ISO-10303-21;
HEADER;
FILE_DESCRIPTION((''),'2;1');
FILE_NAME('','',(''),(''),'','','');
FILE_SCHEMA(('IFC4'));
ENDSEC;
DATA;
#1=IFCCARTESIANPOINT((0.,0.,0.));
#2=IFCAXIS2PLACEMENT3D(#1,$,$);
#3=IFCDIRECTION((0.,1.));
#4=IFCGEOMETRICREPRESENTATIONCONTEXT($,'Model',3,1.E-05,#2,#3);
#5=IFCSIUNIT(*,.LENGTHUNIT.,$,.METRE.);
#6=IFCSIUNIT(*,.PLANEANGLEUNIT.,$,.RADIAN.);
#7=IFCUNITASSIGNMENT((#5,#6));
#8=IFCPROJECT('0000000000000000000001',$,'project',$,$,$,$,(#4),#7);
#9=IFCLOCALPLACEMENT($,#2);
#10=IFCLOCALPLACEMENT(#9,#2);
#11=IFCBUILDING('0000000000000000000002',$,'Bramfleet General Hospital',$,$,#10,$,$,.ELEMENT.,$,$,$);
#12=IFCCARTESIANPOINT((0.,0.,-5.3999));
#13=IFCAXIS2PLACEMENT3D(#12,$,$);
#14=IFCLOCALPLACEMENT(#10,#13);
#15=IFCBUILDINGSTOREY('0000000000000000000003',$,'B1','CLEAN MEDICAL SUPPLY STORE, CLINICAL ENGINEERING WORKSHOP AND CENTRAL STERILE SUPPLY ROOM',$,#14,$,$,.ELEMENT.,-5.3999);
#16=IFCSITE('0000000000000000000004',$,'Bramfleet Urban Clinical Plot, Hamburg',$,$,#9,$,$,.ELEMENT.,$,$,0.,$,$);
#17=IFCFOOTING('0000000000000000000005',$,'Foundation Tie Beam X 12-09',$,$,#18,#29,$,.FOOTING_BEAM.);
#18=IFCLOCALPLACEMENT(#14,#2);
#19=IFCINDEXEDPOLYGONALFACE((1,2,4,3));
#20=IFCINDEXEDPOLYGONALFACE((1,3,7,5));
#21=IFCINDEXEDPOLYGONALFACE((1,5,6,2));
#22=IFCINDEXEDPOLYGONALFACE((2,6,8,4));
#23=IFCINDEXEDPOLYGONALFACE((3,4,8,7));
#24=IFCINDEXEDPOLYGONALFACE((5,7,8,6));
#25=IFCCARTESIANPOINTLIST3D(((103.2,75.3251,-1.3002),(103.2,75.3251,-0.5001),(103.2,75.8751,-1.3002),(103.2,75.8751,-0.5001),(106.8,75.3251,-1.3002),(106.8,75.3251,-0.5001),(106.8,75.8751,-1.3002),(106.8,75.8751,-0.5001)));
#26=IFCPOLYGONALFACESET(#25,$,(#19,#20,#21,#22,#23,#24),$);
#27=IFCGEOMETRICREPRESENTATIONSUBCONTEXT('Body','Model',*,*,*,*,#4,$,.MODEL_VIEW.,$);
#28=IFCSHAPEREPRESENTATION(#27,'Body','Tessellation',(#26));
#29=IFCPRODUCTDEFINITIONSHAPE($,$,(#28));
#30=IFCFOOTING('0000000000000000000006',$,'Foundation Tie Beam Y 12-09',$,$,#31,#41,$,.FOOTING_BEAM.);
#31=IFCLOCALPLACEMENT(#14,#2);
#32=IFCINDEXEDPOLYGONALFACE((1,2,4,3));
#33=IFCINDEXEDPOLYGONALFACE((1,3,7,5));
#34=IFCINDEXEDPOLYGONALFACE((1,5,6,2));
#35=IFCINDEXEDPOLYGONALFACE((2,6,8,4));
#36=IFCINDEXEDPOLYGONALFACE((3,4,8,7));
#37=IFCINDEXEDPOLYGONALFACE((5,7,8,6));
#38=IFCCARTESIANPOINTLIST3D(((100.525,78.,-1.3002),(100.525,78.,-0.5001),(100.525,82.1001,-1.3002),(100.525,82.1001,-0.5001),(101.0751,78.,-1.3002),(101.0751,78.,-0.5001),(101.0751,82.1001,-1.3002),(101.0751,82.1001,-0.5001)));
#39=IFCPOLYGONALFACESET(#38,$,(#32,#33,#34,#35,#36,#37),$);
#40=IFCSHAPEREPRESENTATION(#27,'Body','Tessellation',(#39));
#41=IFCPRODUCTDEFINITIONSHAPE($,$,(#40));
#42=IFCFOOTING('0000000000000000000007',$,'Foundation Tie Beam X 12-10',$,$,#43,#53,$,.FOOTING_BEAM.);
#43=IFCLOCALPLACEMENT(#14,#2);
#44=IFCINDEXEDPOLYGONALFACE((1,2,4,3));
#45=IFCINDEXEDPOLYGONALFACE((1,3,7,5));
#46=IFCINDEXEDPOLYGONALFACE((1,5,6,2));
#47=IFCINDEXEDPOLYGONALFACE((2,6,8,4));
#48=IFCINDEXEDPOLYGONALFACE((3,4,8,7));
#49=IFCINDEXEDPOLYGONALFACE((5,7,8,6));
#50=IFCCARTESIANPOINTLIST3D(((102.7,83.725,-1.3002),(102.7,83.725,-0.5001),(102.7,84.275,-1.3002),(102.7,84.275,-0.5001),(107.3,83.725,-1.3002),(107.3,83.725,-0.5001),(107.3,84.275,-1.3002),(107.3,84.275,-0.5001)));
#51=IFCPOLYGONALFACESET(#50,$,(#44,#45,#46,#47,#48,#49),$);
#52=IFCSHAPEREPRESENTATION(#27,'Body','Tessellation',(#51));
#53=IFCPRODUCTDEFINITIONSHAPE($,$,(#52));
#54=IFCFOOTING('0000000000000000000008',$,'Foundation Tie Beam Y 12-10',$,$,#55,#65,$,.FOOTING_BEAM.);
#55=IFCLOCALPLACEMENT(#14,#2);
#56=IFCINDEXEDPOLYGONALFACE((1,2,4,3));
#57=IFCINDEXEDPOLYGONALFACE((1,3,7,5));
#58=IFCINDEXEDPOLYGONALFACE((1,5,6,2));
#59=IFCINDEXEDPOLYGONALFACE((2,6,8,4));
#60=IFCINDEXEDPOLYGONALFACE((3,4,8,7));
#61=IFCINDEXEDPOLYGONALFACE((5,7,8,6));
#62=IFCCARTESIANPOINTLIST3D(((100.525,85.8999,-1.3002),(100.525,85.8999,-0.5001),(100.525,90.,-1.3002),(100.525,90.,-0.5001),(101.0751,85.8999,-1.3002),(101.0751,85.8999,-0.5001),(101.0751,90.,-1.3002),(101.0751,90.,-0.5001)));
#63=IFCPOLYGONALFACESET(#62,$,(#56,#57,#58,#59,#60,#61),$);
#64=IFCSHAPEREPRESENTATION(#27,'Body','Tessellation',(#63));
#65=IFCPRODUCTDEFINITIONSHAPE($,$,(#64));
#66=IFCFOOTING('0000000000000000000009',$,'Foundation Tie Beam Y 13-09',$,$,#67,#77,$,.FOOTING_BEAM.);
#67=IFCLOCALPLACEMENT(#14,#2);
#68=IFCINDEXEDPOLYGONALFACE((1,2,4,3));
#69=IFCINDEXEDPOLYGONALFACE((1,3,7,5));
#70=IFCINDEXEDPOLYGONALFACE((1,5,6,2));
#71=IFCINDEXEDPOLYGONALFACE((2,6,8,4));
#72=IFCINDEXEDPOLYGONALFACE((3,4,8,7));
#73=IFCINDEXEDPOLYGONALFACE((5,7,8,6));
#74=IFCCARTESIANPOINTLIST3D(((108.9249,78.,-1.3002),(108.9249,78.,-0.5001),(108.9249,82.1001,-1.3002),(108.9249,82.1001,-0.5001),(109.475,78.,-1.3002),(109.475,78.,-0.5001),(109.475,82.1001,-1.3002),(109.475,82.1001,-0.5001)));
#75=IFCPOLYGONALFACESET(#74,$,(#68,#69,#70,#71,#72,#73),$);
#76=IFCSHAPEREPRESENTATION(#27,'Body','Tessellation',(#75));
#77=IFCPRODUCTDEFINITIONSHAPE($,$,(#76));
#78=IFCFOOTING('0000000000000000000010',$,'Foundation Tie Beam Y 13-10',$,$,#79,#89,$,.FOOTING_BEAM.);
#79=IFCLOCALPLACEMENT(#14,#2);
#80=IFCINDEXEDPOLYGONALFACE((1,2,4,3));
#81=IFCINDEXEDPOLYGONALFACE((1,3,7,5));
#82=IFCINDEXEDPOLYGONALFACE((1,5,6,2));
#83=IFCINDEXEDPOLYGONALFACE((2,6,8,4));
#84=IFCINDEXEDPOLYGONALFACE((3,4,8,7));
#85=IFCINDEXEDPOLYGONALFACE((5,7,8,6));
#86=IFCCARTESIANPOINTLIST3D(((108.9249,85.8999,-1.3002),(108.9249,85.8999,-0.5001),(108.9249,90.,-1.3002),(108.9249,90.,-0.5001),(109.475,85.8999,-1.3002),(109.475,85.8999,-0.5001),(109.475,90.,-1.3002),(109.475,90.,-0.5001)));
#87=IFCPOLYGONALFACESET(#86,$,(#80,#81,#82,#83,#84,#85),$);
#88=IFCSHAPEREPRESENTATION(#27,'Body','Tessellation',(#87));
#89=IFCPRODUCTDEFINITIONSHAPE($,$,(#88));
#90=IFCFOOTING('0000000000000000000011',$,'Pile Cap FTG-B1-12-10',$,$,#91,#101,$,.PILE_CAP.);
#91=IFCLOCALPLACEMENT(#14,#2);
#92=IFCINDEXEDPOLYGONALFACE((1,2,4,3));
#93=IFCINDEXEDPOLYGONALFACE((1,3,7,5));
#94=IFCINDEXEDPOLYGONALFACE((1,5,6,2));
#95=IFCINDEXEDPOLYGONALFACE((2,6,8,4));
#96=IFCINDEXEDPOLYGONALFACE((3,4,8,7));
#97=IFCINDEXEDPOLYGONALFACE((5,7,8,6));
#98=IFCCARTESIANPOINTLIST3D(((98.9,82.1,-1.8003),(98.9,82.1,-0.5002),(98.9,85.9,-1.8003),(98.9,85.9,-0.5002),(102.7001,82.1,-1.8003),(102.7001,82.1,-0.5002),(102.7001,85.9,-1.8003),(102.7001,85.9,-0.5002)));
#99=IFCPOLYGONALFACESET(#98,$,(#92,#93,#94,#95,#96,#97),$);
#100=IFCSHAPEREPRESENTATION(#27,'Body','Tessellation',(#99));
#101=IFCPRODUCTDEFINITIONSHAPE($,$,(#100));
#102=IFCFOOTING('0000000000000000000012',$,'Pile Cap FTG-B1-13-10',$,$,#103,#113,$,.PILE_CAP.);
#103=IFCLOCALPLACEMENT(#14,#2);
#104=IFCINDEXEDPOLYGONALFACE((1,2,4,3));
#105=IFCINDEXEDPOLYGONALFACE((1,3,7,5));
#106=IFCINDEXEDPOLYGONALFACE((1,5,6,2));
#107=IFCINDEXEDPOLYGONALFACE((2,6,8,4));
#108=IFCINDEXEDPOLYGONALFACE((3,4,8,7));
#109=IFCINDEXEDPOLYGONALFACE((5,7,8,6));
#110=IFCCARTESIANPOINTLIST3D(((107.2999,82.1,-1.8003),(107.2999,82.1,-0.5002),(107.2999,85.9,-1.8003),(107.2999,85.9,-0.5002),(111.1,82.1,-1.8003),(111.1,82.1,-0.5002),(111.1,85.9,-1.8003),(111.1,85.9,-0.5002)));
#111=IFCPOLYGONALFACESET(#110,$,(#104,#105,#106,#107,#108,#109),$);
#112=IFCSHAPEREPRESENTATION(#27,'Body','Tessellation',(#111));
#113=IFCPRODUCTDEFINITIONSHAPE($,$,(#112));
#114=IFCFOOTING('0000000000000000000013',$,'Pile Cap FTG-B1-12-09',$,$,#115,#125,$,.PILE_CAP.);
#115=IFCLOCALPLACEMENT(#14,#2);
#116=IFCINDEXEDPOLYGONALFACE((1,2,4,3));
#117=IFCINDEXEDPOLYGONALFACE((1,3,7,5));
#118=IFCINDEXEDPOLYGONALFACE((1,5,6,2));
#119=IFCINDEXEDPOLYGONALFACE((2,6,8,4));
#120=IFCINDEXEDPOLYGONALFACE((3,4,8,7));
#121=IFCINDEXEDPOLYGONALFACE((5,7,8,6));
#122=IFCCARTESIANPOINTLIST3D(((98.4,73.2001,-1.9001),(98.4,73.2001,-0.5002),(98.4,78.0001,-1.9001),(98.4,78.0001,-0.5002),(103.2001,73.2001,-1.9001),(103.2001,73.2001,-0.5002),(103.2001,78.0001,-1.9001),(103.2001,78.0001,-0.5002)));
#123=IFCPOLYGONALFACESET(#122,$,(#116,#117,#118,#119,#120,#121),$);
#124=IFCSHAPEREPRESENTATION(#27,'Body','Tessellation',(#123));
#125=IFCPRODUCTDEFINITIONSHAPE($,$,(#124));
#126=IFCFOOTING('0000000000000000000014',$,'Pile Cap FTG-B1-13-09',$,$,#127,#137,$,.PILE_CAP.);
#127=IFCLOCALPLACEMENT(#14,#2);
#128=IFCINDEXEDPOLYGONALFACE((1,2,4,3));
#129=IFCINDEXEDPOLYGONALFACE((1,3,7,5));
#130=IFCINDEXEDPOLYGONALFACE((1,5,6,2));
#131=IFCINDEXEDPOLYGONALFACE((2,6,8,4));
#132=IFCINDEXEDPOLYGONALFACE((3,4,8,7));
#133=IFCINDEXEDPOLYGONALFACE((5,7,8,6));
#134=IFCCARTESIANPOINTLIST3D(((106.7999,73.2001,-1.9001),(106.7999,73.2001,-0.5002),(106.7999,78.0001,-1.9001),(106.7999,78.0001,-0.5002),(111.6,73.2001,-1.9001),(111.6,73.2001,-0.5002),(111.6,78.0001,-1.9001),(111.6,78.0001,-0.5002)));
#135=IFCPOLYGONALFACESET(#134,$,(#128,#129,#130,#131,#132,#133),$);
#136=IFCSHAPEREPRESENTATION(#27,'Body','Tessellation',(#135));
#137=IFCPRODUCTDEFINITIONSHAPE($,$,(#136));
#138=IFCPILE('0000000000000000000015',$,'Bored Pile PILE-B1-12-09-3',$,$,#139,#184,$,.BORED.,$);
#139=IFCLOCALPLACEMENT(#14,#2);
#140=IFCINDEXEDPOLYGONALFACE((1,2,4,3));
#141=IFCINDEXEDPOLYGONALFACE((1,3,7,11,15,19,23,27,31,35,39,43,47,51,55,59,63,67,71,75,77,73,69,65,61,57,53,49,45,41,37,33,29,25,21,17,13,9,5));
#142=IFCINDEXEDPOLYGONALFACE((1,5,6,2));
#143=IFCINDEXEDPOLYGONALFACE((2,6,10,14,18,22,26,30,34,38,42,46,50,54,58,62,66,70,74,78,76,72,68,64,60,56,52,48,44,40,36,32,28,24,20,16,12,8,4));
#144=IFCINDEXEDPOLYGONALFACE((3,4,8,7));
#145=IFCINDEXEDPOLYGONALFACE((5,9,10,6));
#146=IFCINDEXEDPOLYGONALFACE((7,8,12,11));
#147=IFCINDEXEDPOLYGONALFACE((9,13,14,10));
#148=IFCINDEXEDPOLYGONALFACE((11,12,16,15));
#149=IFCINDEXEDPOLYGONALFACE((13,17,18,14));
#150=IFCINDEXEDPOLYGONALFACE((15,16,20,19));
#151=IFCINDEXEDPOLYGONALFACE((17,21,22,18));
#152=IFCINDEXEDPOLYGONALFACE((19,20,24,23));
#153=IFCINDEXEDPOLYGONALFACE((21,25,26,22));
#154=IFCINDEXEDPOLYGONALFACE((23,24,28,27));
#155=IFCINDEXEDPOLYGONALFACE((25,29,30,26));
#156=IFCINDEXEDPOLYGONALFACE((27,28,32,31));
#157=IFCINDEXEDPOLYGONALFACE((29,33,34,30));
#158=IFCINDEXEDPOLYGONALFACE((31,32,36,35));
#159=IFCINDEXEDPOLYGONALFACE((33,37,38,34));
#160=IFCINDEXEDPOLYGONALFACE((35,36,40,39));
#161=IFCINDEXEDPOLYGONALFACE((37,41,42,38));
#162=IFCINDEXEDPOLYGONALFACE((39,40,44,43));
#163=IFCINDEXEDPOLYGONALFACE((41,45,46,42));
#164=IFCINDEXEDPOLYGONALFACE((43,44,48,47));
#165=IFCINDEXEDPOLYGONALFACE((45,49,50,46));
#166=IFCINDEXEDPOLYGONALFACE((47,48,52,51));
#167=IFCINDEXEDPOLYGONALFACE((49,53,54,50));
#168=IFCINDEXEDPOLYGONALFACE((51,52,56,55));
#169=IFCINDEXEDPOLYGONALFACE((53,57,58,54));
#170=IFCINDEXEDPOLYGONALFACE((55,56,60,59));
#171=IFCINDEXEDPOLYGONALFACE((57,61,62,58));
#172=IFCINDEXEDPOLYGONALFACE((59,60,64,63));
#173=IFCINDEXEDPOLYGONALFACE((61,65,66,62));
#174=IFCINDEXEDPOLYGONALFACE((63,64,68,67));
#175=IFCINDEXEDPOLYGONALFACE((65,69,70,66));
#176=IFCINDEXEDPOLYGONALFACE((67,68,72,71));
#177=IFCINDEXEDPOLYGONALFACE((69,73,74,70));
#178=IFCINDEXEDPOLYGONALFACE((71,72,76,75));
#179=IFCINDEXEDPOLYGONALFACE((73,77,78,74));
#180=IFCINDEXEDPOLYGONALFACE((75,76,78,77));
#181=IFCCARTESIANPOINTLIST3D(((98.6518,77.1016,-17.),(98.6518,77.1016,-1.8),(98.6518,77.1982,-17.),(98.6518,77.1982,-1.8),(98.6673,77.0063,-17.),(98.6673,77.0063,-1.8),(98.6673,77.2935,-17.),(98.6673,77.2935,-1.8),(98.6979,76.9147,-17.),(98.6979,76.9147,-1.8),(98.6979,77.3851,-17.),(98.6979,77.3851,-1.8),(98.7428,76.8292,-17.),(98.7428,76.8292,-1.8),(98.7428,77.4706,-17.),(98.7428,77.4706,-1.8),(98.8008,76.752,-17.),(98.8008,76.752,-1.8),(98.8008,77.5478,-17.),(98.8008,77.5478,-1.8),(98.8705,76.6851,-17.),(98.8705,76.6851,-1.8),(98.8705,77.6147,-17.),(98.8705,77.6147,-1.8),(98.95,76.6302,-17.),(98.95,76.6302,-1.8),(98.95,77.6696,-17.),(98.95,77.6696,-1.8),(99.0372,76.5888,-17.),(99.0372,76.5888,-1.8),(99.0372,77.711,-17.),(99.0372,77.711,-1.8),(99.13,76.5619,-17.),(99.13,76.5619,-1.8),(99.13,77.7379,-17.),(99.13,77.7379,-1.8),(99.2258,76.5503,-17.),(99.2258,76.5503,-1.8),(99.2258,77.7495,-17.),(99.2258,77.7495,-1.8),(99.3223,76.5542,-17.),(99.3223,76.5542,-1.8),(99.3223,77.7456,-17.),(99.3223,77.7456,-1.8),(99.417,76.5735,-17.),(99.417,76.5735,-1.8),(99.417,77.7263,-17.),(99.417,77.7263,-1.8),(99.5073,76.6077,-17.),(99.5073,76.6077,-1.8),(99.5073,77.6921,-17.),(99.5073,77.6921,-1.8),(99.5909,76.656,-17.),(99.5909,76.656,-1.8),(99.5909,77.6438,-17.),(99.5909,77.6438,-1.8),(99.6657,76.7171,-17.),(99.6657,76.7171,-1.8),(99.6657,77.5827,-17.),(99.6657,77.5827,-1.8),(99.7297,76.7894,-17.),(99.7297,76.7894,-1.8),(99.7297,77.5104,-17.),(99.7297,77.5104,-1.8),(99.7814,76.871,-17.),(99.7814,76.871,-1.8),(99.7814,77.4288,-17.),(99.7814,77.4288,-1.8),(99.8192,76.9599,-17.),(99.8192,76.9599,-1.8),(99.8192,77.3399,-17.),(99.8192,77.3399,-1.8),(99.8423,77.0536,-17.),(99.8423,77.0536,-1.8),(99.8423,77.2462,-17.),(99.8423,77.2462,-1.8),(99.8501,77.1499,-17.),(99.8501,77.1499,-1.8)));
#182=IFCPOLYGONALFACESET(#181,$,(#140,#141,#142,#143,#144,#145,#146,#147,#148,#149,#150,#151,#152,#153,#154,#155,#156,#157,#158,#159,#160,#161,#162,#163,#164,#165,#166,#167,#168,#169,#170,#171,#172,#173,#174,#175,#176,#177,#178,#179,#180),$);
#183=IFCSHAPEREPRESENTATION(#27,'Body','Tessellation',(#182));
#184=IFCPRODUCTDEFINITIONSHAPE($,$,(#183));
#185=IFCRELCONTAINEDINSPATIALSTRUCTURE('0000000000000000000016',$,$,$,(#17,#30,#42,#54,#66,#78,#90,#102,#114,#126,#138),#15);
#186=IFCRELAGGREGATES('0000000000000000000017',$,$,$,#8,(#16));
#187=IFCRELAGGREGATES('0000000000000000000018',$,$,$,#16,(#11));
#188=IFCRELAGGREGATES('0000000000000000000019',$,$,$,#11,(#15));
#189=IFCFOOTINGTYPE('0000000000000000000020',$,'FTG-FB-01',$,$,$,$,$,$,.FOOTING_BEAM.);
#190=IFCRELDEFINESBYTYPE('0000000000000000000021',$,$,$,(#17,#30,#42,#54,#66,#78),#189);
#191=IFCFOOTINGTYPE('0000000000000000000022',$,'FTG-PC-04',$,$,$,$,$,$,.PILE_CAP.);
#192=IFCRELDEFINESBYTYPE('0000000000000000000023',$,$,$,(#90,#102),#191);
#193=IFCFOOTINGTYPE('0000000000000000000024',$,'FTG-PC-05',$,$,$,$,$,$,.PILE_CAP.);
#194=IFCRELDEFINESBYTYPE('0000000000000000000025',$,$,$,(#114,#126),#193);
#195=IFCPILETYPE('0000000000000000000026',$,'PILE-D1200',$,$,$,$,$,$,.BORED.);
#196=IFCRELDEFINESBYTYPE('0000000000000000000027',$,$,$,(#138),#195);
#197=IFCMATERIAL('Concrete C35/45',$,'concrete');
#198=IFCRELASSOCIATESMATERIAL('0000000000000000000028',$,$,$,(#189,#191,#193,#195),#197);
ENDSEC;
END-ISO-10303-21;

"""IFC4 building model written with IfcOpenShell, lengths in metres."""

from ifc_helpers import new_model, si_unit, direction, frame, origin, origin_2d, place, context, subcontext, project, spatial, rectangle, circle, extrude, material, material_profile, profile_set, type_object, element, save


model = new_model("IFC4")

# Units and contexts
model_context = context("Model", 3, precision=1e-05, world=origin(), true_north=direction((0.0, 1.0)))
body_context = subcontext(model_context, "Body", "Model", "MODEL_VIEW")
ifc_project = project(units=[si_unit("LENGTHUNIT", "METRE"), si_unit("PLANEANGLEUNIT", "RADIAN")], contexts=[model_context])

# Site, building, storey
site_placement = place(None, origin())
site = spatial("IfcSite", under=ifc_project, at=site_placement, Name="Bramfleet Urban Clinical Plot, Hamburg", CompositionType="ELEMENT", RefElevation=0.0)
building_placement = place(site_placement, origin())
building = spatial("IfcBuilding", under=site, at=building_placement, Name="Bramfleet General Hospital", CompositionType="ELEMENT")
storey_placement = place(building_placement, frame((0.0, 0.0, -5.3999)))
storey = spatial("IfcBuildingStorey", under=building, at=storey_placement, Name="B1", Description="CLEAN MEDICAL SUPPLY STORE, CLINICAL ENGINEERING WORKSHOP AND CENTRAL STERILE SUPPLY ROOM", CompositionType="ELEMENT", Elevation=-5.3999)

# Footings
ifc_material_1 = material(Name="Concrete C35/45", Category="concrete")
ifc_material_profile_1 = material_profile(ifc_material_1, rectangle(XDim=0.55, YDim=0.8, at=origin_2d()), Name="RC FB 800x550")
ifc_profile_set_1 = profile_set([ifc_material_profile_1], Name="Concrete C35/45")
footing_type_1 = type_object("IfcFootingType", Name="FTG-FB-01", PredefinedType="FOOTING_BEAM", material=ifc_profile_set_1)
footing_1_placement = place(storey_placement, frame((103.2, 75.6001, -0.9001), z_axis=(1.0, 0.0, 0.0), x_axis=(0.0, 1.0, 0.0)))
element("IfcFooting", 1, at=footing_1_placement, inside=storey, type_object=footing_type_1, Name="Foundation Tie Beam X 12-09", PredefinedType="FOOTING_BEAM", context=body_context, shape_type="SweptSolid", body=[
    extrude(rectangle(XDim=0.55, YDim=0.8, at=origin_2d()), origin(), (0.0, 0.0, 1.0), 3.6001),
])
footing_2_placement = place(storey_placement, frame((100.8, 78.0, -0.9001), z_axis=(0.0, 1.0, 0.0), x_axis=(-1.0, 0.0, 0.0)))
element("IfcFooting", 2, at=footing_2_placement, inside=storey, type_object=footing_type_1, Name="Foundation Tie Beam Y 12-09", PredefinedType="FOOTING_BEAM", context=body_context, shape_type="SweptSolid", body=[
    extrude(rectangle(XDim=0.55, YDim=0.8, at=origin_2d()), origin(), (0.0, 0.0, 1.0), 4.1001),
])
footing_3_placement = place(storey_placement, frame((102.7, 84.0, -0.9001), z_axis=(1.0, 0.0, 0.0), x_axis=(0.0, 1.0, 0.0)))
element("IfcFooting", 3, at=footing_3_placement, inside=storey, type_object=footing_type_1, Name="Foundation Tie Beam X 12-10", PredefinedType="FOOTING_BEAM", context=body_context, shape_type="SweptSolid", body=[
    extrude(rectangle(XDim=0.55, YDim=0.8, at=origin_2d()), origin(), (0.0, 0.0, 1.0), 4.6001),
])
for number, where, z_axis, x_axis, name in (
    (4, (100.8, 85.8999, -0.9001), (0.0, 1.0, 0.0), (-1.0, 0.0, 0.0), "Foundation Tie Beam Y 12-10"),
    (5, (109.2, 78.0, -0.9001), (0.0, 1.0, 0.0), (-1.0, 0.0, 0.0), "Foundation Tie Beam Y 13-09"),
    (6, (109.2, 85.8999, -0.9001), (0.0, 1.0, 0.0), (-1.0, 0.0, 0.0), "Foundation Tie Beam Y 13-10"),
):
    element("IfcFooting", number, at=place(storey_placement, frame(where, z_axis=z_axis, x_axis=x_axis)), inside=storey, type_object=footing_type_1, Name=name, PredefinedType="FOOTING_BEAM", context=body_context, shape_type="SweptSolid", body=[
        extrude(rectangle(XDim=0.55, YDim=0.8, at=origin_2d()), origin(), (0.0, 0.0, 1.0), 4.1001),
    ])
footing_type_2 = type_object("IfcFootingType", Name="FTG-PC-04", PredefinedType="PILE_CAP", material=ifc_material_1)
for number, where, z_axis, x_axis, name in (
    (7, (100.8, 84.0, -1.8003), (0.0, 0.0, 1.0), (1.0, 0.0, 0.0), "Pile Cap FTG-B1-12-10"),
    (8, (109.2, 84.0, -1.8003), (0.0, 0.0, 1.0), (1.0, 0.0, 0.0), "Pile Cap FTG-B1-13-10"),
):
    element("IfcFooting", number, at=place(storey_placement, frame(where, z_axis=z_axis, x_axis=x_axis)), inside=storey, type_object=footing_type_2, Name=name, PredefinedType="PILE_CAP", context=body_context, shape_type="SweptSolid", body=[
        extrude(rectangle(XDim=3.8, YDim=3.8, at=origin_2d()), origin(), (0.0, 0.0, 1.0), 1.3),
    ])
footing_type_3 = type_object("IfcFootingType", Name="FTG-PC-05", PredefinedType="PILE_CAP", material=ifc_material_1)
for number, where, z_axis, x_axis, name in (
    (9, (100.8, 75.6001, -1.9001), (0.0, 0.0, 1.0), (1.0, 0.0, 0.0), "Pile Cap FTG-B1-12-09"),
    (10, (109.2, 75.6001, -1.9001), (0.0, 0.0, 1.0), (1.0, 0.0, 0.0), "Pile Cap FTG-B1-13-09"),
):
    element("IfcFooting", number, at=place(storey_placement, frame(where, z_axis=z_axis, x_axis=x_axis)), inside=storey, type_object=footing_type_3, Name=name, PredefinedType="PILE_CAP", context=body_context, shape_type="SweptSolid", body=[
        extrude(rectangle(XDim=4.8, YDim=4.8, at=origin_2d()), origin(), (0.0, 0.0, 1.0), 1.3999),
    ])

# Pile
ifc_material_profile_2 = material_profile(ifc_material_1, circle(Radius=0.6001, at=origin_2d()), Name="PILE BORED D1200")
ifc_profile_set_2 = profile_set([ifc_material_profile_2], Name="Concrete C35/45")
pile_type_1 = type_object("IfcPileType", Name="PILE-D1200", PredefinedType="BORED", material=ifc_profile_set_2)
for number, where, z_axis, x_axis, name in (
    (11, (99.25, 77.1499, -1.8), (0.0, 0.0, -1.0), (1.0, 0.0, 0.0), "Bored Pile PILE-B1-12-09-3"),
):
    element("IfcPile", number, at=place(storey_placement, frame(where, z_axis=z_axis, x_axis=x_axis)), inside=storey, type_object=pile_type_1, Name=name, PredefinedType="BORED", context=body_context, shape_type="SweptSolid", body=[
        extrude(circle(Radius=0.6001, at=origin_2d()), origin(), (0.0, 0.0, 1.0), 15.2),
    ])

save(model, "model.ifc")
